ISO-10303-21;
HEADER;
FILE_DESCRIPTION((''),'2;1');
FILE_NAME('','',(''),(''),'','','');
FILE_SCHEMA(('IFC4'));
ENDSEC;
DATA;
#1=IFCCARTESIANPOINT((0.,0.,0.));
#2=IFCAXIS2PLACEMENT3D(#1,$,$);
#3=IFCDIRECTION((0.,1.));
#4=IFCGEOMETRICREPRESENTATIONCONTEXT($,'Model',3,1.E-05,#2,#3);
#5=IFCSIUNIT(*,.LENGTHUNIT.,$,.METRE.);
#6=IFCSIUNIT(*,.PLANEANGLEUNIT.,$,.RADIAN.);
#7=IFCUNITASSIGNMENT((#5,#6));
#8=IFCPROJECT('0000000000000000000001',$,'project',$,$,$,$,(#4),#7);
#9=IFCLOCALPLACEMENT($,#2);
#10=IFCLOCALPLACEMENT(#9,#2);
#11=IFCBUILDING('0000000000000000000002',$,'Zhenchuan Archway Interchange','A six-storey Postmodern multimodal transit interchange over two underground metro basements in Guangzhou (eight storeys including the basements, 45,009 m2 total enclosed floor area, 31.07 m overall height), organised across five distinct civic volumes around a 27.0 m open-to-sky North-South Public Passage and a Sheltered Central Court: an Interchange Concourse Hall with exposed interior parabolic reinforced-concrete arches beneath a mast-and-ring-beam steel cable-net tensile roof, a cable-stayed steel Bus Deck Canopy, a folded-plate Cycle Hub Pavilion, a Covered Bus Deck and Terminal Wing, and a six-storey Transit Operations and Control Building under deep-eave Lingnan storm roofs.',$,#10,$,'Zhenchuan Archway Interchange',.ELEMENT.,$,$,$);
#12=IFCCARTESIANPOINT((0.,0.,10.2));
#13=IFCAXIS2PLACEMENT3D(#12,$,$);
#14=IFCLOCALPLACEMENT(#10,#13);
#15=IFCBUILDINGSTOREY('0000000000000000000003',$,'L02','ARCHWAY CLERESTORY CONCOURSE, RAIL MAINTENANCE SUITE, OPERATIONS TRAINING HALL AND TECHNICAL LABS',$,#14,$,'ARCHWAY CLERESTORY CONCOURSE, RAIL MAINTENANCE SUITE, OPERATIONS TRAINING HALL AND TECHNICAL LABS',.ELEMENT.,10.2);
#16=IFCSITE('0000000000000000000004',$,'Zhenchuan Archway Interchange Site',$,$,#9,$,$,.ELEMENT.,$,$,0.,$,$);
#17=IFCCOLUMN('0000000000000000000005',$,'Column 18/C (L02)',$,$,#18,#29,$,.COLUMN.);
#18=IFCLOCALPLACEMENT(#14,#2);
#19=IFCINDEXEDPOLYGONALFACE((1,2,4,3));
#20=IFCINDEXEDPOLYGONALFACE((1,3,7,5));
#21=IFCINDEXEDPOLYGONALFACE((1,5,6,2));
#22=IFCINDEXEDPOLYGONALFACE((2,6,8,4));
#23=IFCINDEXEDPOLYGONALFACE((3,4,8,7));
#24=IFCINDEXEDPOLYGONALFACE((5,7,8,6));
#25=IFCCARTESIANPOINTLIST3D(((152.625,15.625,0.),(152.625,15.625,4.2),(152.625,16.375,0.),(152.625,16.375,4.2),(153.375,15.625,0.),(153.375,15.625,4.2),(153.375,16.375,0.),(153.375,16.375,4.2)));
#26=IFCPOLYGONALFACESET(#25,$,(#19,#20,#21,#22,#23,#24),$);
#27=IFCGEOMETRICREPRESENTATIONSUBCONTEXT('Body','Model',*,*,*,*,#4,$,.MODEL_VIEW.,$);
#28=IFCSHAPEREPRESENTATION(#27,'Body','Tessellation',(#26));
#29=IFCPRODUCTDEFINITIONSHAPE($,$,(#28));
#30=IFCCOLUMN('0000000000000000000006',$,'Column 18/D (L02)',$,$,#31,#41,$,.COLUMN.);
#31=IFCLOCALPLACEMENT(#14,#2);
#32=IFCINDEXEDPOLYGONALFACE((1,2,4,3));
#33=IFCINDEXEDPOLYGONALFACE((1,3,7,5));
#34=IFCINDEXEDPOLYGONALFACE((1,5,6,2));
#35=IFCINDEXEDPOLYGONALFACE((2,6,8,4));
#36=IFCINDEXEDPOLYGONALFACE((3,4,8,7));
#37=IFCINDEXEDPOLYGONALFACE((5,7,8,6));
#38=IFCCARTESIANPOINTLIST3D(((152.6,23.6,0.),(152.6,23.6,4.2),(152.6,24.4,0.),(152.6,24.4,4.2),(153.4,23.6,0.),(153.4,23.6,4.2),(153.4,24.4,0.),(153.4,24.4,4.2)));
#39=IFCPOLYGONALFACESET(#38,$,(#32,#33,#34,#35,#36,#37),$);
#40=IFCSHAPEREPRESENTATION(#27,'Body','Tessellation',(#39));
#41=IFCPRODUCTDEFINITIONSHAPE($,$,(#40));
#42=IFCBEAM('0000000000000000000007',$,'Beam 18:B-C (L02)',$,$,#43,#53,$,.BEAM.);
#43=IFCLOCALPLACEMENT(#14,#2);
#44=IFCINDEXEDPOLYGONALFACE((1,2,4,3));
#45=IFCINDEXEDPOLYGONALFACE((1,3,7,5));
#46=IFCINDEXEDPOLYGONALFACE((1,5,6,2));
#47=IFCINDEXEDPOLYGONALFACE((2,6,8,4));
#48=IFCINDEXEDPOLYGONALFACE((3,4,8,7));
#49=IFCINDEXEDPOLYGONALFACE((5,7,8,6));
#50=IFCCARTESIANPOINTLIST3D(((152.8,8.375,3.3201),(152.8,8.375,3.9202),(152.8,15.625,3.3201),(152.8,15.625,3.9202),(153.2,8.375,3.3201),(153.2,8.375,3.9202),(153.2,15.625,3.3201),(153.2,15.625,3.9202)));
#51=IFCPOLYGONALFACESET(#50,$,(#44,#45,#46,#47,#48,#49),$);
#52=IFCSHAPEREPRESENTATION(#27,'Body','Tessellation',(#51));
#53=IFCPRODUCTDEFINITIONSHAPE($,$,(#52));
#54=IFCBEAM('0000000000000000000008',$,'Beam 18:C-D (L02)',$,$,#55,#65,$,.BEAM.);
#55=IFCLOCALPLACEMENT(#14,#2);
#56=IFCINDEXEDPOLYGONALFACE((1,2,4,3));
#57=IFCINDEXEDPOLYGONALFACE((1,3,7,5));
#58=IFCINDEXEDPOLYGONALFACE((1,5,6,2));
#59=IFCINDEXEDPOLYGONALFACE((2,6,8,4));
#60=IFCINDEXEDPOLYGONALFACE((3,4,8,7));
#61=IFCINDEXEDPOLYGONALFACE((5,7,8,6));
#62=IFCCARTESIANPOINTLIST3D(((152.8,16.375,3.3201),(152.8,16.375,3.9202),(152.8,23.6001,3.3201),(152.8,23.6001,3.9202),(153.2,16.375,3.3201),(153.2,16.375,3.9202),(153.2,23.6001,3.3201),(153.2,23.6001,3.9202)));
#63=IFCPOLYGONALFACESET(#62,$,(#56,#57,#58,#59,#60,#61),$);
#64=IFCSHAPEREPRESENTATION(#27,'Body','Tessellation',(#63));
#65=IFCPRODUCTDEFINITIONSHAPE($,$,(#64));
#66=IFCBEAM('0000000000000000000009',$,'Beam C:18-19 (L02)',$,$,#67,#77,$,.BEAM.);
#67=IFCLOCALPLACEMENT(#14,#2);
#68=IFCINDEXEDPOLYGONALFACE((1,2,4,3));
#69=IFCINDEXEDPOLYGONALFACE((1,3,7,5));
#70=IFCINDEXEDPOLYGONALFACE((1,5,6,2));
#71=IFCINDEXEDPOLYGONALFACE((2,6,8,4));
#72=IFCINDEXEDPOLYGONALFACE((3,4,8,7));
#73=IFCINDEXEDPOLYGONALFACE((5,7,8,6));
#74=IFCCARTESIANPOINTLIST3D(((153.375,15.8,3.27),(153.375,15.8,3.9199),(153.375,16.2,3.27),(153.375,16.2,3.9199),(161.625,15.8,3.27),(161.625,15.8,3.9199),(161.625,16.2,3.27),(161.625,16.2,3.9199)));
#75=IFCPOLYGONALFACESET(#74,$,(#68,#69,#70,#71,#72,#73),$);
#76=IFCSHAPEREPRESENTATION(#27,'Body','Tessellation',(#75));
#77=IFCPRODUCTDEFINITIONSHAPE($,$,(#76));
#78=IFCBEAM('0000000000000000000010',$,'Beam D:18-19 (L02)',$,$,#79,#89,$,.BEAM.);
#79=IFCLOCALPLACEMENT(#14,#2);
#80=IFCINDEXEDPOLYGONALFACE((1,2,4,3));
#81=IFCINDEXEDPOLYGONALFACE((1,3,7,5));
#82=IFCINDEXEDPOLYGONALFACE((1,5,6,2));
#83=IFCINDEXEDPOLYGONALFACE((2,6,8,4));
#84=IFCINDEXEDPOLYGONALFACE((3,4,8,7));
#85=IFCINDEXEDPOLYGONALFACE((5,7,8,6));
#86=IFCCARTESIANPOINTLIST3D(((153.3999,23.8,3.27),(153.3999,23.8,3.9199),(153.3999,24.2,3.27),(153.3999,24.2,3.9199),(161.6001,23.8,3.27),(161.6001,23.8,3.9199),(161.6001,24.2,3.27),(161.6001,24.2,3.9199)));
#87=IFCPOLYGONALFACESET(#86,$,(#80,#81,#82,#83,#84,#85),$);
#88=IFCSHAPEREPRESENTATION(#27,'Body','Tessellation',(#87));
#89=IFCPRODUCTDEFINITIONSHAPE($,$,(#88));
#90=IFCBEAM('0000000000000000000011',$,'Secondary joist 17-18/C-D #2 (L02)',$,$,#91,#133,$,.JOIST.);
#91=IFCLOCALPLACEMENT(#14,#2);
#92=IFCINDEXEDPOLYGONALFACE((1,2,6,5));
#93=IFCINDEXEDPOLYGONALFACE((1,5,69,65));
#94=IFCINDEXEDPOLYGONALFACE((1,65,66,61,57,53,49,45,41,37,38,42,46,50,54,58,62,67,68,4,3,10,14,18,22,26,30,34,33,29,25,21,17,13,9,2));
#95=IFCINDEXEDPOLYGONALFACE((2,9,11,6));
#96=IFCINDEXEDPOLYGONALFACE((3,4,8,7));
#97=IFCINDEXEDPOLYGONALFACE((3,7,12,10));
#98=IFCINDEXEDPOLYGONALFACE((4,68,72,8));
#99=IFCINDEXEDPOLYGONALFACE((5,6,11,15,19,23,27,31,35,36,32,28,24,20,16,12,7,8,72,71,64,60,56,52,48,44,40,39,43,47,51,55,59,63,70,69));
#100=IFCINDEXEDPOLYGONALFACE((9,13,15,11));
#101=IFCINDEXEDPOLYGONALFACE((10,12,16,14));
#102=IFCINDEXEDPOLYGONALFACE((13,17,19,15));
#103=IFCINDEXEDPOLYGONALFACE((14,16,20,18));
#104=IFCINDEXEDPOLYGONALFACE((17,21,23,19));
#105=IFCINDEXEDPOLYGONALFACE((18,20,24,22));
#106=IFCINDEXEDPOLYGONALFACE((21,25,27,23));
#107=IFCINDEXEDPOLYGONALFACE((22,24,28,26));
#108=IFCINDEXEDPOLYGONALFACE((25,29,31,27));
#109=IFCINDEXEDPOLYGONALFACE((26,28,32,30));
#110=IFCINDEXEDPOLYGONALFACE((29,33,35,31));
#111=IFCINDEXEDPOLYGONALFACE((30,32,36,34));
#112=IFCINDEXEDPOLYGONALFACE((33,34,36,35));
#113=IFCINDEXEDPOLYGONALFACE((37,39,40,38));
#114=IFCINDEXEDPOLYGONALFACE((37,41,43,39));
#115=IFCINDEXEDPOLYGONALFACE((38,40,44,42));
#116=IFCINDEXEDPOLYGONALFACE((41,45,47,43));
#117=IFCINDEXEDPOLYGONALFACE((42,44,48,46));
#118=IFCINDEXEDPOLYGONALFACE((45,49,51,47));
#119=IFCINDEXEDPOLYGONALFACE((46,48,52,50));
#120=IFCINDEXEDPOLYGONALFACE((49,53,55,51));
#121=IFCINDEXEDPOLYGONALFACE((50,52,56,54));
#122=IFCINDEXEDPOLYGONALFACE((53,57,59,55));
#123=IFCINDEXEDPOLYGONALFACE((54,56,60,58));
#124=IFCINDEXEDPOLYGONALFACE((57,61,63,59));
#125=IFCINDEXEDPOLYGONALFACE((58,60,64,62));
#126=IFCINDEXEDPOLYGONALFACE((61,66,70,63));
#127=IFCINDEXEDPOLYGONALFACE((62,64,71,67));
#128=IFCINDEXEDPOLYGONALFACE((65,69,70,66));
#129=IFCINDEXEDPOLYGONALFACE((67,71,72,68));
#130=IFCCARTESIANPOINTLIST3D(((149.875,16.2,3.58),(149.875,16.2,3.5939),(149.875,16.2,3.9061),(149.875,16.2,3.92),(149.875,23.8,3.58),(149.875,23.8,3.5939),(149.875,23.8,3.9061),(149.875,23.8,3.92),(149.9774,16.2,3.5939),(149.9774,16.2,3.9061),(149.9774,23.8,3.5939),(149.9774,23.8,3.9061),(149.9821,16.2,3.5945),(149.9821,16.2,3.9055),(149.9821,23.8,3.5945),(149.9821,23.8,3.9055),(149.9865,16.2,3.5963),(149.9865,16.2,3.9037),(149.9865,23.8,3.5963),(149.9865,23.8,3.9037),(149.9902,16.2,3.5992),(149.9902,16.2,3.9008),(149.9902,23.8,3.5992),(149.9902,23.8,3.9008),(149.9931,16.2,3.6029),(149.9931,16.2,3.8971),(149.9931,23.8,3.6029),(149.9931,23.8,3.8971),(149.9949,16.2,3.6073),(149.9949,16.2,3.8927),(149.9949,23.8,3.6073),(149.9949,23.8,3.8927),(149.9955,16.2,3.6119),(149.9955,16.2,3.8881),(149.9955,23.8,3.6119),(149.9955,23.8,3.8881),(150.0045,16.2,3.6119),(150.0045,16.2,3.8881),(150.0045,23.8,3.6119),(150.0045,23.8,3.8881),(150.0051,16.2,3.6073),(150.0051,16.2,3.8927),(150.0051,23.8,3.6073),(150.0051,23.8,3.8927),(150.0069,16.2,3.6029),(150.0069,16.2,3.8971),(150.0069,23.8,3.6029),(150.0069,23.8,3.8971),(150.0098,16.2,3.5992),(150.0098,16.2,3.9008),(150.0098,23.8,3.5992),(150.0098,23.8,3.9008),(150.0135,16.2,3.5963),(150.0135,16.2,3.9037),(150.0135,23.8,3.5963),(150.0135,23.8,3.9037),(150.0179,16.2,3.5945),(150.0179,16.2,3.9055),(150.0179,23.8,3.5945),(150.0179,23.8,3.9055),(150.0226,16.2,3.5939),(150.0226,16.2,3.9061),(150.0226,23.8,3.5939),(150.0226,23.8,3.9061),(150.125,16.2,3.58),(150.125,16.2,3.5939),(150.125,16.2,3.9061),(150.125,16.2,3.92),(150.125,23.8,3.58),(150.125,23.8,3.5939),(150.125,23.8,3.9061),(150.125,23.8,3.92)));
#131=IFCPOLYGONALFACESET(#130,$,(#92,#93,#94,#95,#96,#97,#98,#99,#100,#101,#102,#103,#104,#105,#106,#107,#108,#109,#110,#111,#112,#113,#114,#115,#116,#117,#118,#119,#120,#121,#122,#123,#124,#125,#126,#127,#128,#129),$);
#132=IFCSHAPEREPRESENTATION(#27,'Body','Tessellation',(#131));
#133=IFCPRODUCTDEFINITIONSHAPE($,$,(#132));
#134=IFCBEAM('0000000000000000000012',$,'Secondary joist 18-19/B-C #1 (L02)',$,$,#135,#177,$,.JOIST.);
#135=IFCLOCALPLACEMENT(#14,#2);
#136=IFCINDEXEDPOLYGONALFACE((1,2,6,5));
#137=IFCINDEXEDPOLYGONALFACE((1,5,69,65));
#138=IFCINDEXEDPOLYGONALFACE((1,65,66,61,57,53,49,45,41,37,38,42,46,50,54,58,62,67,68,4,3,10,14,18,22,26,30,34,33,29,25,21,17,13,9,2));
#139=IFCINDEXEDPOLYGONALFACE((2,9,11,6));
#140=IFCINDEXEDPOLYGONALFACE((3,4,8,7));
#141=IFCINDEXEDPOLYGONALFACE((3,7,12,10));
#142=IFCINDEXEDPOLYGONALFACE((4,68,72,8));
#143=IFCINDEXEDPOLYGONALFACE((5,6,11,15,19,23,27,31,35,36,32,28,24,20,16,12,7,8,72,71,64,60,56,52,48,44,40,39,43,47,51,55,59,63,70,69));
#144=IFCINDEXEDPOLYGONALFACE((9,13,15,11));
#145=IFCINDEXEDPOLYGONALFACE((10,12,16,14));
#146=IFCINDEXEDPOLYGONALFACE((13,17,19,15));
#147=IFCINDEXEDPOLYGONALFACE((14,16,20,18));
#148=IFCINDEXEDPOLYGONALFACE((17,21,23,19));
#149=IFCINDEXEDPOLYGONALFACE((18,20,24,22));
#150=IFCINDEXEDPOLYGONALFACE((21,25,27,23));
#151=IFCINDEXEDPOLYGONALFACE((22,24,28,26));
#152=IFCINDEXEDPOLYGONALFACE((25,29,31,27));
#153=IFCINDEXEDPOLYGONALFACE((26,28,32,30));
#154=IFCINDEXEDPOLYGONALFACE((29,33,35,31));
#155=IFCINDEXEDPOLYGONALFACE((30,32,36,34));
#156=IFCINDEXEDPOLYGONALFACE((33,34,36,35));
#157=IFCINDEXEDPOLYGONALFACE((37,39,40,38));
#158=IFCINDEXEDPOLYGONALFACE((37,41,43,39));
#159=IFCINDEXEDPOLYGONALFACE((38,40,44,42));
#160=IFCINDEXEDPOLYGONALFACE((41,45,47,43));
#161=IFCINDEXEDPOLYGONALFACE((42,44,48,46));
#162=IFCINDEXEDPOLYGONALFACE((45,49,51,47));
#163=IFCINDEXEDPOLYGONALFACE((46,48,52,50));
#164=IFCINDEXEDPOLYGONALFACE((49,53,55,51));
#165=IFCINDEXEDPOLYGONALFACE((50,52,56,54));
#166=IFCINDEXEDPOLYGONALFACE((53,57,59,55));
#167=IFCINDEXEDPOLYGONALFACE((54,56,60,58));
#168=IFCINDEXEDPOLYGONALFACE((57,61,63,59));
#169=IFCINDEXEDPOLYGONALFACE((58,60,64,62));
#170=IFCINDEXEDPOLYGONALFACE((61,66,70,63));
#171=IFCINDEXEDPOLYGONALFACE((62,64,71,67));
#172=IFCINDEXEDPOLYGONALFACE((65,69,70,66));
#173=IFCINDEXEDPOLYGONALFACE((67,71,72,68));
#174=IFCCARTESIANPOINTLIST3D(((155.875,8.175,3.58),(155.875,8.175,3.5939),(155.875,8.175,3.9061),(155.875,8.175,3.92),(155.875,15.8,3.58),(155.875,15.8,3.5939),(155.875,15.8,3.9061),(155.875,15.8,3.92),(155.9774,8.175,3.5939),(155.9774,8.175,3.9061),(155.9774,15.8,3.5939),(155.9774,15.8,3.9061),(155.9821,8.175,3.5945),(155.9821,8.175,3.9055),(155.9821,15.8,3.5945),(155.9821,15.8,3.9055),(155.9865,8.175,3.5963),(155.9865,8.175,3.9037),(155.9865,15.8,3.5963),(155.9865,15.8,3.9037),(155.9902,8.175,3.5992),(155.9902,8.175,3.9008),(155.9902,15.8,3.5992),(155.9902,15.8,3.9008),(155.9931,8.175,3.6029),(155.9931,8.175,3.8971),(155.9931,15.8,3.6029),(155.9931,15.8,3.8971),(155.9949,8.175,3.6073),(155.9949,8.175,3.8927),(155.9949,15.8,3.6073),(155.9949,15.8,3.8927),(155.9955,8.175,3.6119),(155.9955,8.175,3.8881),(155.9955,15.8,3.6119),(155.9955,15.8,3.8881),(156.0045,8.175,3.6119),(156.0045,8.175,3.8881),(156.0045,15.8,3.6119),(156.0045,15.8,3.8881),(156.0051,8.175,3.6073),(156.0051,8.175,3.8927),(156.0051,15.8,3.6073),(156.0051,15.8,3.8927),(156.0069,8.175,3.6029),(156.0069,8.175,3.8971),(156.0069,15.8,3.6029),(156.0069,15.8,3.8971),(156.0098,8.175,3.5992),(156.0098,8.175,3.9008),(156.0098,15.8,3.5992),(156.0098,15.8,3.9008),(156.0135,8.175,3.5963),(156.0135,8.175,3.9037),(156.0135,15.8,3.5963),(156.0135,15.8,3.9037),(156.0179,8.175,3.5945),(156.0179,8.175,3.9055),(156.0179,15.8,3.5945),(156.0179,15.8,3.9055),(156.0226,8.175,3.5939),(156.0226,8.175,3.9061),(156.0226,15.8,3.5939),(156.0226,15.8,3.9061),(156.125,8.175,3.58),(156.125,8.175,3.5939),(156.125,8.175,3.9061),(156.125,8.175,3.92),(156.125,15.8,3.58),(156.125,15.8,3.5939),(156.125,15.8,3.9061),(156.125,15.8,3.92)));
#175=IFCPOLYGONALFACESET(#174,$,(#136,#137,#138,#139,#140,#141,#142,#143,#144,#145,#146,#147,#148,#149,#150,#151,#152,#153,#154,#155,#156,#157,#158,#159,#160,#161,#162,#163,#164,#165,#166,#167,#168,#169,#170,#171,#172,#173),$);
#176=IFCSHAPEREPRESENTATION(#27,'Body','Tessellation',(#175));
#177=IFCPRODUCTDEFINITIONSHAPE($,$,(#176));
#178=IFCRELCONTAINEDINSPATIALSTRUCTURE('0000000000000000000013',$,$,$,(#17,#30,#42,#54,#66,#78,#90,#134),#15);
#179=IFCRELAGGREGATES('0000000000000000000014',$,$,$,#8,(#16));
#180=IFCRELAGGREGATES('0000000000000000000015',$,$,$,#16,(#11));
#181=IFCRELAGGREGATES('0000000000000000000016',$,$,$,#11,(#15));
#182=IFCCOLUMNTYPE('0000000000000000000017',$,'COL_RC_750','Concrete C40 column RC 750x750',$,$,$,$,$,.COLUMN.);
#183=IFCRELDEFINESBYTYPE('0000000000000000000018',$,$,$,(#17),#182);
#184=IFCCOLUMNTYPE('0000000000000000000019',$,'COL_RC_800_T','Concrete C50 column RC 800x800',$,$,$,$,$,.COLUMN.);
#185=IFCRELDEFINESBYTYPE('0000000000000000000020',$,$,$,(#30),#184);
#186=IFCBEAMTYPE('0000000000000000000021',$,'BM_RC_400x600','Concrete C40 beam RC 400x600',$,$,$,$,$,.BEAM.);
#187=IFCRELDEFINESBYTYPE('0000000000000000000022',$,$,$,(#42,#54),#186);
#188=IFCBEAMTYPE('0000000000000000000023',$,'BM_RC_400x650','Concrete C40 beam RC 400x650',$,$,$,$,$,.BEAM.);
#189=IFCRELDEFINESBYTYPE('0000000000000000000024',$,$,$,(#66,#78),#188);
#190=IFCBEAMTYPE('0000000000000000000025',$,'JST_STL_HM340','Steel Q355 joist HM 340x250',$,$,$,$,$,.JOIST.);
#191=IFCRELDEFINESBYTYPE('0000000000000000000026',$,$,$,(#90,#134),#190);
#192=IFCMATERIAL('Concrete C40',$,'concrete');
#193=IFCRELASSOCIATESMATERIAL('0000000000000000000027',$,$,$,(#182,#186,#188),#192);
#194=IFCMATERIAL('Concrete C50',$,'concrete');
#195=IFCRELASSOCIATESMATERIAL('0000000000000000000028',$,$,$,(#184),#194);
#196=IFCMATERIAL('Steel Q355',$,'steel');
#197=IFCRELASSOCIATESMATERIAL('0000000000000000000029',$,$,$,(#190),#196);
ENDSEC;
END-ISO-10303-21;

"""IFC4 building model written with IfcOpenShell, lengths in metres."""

from ifc_helpers import new_model, si_unit, direction, frame, origin, origin_2d, place, context, subcontext, project, spatial, rectangle, i_section, extrude, material, material_profile, profile_set, type_object, element, save


model = new_model("IFC4")

# Units and contexts
model_context = context("Model", 3, precision=1e-05, world=origin(), true_north=direction((0.0, 1.0)))
body_context = subcontext(model_context, "Body", "Model", "MODEL_VIEW")
ifc_project = project(units=[si_unit("LENGTHUNIT", "METRE"), si_unit("PLANEANGLEUNIT", "RADIAN")], contexts=[model_context])

# Site, building, storey
site_placement = place(None, origin())
site = spatial("IfcSite", under=ifc_project, at=site_placement, Name="Zhenchuan Archway Interchange Site", CompositionType="ELEMENT", RefElevation=0.0)
building_placement = place(site_placement, origin())
building = spatial("IfcBuilding", under=site, at=building_placement, Name="Zhenchuan Archway Interchange", Description="A six-storey Postmodern multimodal transit interchange over two underground metro basements in Guangzhou (eight storeys including the basements, 45,009 m2 total enclosed floor area, 31.07 m overall height), organised across five distinct civic volumes around a 27.0 m open-to-sky North-South Public Passage and a Sheltered Central Court: an Interchange Concourse Hall with exposed interior parabolic reinforced-concrete arches beneath a mast-and-ring-beam steel cable-net tensile roof, a cable-stayed steel Bus Deck Canopy, a folded-plate Cycle Hub Pavilion, a Covered Bus Deck and Terminal Wing, and a six-storey Transit Operations and Control Building under deep-eave Lingnan storm roofs.", LongName="Zhenchuan Archway Interchange", CompositionType="ELEMENT")
storey_placement = place(building_placement, frame((0.0, 0.0, 10.2)))
storey = spatial("IfcBuildingStorey", under=building, at=storey_placement, Name="L02", Description="ARCHWAY CLERESTORY CONCOURSE, RAIL MAINTENANCE SUITE, OPERATIONS TRAINING HALL AND TECHNICAL LABS", LongName="ARCHWAY CLERESTORY CONCOURSE, RAIL MAINTENANCE SUITE, OPERATIONS TRAINING HALL AND TECHNICAL LABS", CompositionType="ELEMENT", Elevation=10.2)

# Columns
ifc_material_1 = material(Name="Concrete C40", Category="concrete")
ifc_material_profile_1 = material_profile(ifc_material_1, rectangle(XDim=0.75, YDim=0.75, at=origin_2d()), Name="RC 750x750")
ifc_profile_set_1 = profile_set([ifc_material_profile_1], Name="Concrete C40")
column_type_1 = type_object("IfcColumnType", Name="COL_RC_750", Description="Concrete C40 column RC 750x750", PredefinedType="COLUMN", material=ifc_profile_set_1)
column_1_placement = place(storey_placement, frame((153.0, 16.0, 0.0), z_axis=(0.0, 0.0, 1.0), x_axis=(1.0, 0.0, 0.0)))
element("IfcColumn", 1, at=column_1_placement, inside=storey, type_object=column_type_1, Name="Column 18/C (L02)", PredefinedType="COLUMN", context=body_context, shape_type="SweptSolid", body=[
    extrude(rectangle(XDim=0.75, YDim=0.75, at=origin_2d()), origin(), (0.0, 0.0, 1.0), 4.2),
])
ifc_material_2 = material(Name="Concrete C50", Category="concrete")
ifc_material_profile_2 = material_profile(ifc_material_2, rectangle(XDim=0.8, YDim=0.8, at=origin_2d()), Name="RC 800x800")
ifc_profile_set_2 = profile_set([ifc_material_profile_2], Name="Concrete C50")
column_type_2 = type_object("IfcColumnType", Name="COL_RC_800_T", Description="Concrete C50 column RC 800x800", PredefinedType="COLUMN", material=ifc_profile_set_2)
column_2_placement = place(storey_placement, frame((153.0, 24.0, 0.0), z_axis=(0.0, 0.0, 1.0), x_axis=(1.0, 0.0, 0.0)))
element("IfcColumn", 2, at=column_2_placement, inside=storey, type_object=column_type_2, Name="Column 18/D (L02)", PredefinedType="COLUMN", context=body_context, shape_type="SweptSolid", body=[
    extrude(rectangle(XDim=0.8, YDim=0.8, at=origin_2d()), origin(), (0.0, 0.0, 1.0), 4.2),
])

# Beams
ifc_material_profile_3 = material_profile(ifc_material_1, rectangle(XDim=0.3999, YDim=0.6001, at=origin_2d()), Name="RC 400x600")
ifc_profile_set_3 = profile_set([ifc_material_profile_3], Name="Concrete C40")
beam_type_1 = type_object("IfcBeamType", Name="BM_RC_400x600", Description="Concrete C40 beam RC 400x600", PredefinedType="BEAM", material=ifc_profile_set_3)
beam_1_placement = place(storey_placement, frame((153.0, 8.375, 3.6201), z_axis=(0.0, 1.0, 0.0), x_axis=(-1.0, 0.0, 0.0)))
element("IfcBeam", 3, at=beam_1_placement, inside=storey, type_object=beam_type_1, Name="Beam 18:B-C (L02)", PredefinedType="BEAM", context=body_context, shape_type="SweptSolid", body=[
    extrude(rectangle(XDim=0.3999, YDim=0.6001, at=origin_2d()), origin(), (0.0, 0.0, 1.0), 7.25),
])
beam_2_placement = place(storey_placement, frame((153.0, 16.375, 3.6201), z_axis=(0.0, 1.0, 0.0), x_axis=(-1.0, 0.0, 0.0)))
element("IfcBeam", 4, at=beam_2_placement, inside=storey, type_object=beam_type_1, Name="Beam 18:C-D (L02)", PredefinedType="BEAM", context=body_context, shape_type="SweptSolid", body=[
    extrude(rectangle(XDim=0.3999, YDim=0.6001, at=origin_2d()), origin(), (0.0, 0.0, 1.0), 7.2251),
])
ifc_material_profile_4 = material_profile(ifc_material_1, rectangle(XDim=0.3999, YDim=0.6499, at=origin_2d()), Name="RC 400x650")
ifc_profile_set_4 = profile_set([ifc_material_profile_4], Name="Concrete C40")
beam_type_2 = type_object("IfcBeamType", Name="BM_RC_400x650", Description="Concrete C40 beam RC 400x650", PredefinedType="BEAM", material=ifc_profile_set_4)
beam_3_placement = place(storey_placement, frame((153.375, 16.0, 3.595), z_axis=(1.0, 0.0, 0.0), x_axis=(0.0, 1.0, 0.0)))
element("IfcBeam", 5, at=beam_3_placement, inside=storey, type_object=beam_type_2, Name="Beam C:18-19 (L02)", PredefinedType="BEAM", context=body_context, shape_type="SweptSolid", body=[
    extrude(rectangle(XDim=0.3999, YDim=0.6499, at=origin_2d()), origin(), (0.0, 0.0, 1.0), 8.25),
])
beam_4_placement = place(storey_placement, frame((153.3999, 24.0, 3.595), z_axis=(1.0, 0.0, 0.0), x_axis=(0.0, 1.0, 0.0)))
element("IfcBeam", 6, at=beam_4_placement, inside=storey, type_object=beam_type_2, Name="Beam D:18-19 (L02)", PredefinedType="BEAM", context=body_context, shape_type="SweptSolid", body=[
    extrude(rectangle(XDim=0.3999, YDim=0.6499, at=origin_2d()), origin(), (0.0, 0.0, 1.0), 8.2002),
])
ifc_material_3 = material(Name="Steel Q355", Category="steel")
ifc_material_profile_5 = material_profile(ifc_material_3, i_section(OverallWidth=0.25, OverallDepth=0.3401, WebThickness=0.009, FlangeThickness=0.0139, FilletRadius=0.0181, at=origin_2d()), Name="HM 340x250")
ifc_profile_set_5 = profile_set([ifc_material_profile_5], Name="Steel Q355")
beam_type_3 = type_object("IfcBeamType", Name="JST_STL_HM340", Description="Steel Q355 joist HM 340x250", PredefinedType="JOIST", material=ifc_profile_set_5)
beam_5_placement = place(storey_placement, frame((150.0, 16.2, 3.75), z_axis=(0.0, 1.0, 0.0), x_axis=(-1.0, 0.0, 0.0)))
element("IfcBeam", 7, at=beam_5_placement, inside=storey, type_object=beam_type_3, Name="Secondary joist 17-18/C-D #2 (L02)", PredefinedType="JOIST", context=body_context, shape_type="SweptSolid", body=[
    extrude(i_section(OverallWidth=0.25, OverallDepth=0.3401, WebThickness=0.009, FlangeThickness=0.0139, FilletRadius=0.0181, at=origin_2d()), origin(), (0.0, 0.0, 1.0), 7.6001),
])
for number, where, z_axis, x_axis, name in (
    (8, (156.0, 8.175, 3.75), (0.0, 1.0, 0.0), (-1.0, 0.0, 0.0), "Secondary joist 18-19/B-C #1 (L02)"),
):
    element("IfcBeam", number, at=place(storey_placement, frame(where, z_axis=z_axis, x_axis=x_axis)), inside=storey, type_object=beam_type_3, Name=name, PredefinedType="JOIST", context=body_context, shape_type="SweptSolid", body=[
        extrude(i_section(OverallWidth=0.25, OverallDepth=0.3401, WebThickness=0.009, FlangeThickness=0.0139, FilletRadius=0.0181, at=origin_2d()), origin(), (0.0, 0.0, 1.0), 7.625),
    ])

save(model, "model.ifc")
